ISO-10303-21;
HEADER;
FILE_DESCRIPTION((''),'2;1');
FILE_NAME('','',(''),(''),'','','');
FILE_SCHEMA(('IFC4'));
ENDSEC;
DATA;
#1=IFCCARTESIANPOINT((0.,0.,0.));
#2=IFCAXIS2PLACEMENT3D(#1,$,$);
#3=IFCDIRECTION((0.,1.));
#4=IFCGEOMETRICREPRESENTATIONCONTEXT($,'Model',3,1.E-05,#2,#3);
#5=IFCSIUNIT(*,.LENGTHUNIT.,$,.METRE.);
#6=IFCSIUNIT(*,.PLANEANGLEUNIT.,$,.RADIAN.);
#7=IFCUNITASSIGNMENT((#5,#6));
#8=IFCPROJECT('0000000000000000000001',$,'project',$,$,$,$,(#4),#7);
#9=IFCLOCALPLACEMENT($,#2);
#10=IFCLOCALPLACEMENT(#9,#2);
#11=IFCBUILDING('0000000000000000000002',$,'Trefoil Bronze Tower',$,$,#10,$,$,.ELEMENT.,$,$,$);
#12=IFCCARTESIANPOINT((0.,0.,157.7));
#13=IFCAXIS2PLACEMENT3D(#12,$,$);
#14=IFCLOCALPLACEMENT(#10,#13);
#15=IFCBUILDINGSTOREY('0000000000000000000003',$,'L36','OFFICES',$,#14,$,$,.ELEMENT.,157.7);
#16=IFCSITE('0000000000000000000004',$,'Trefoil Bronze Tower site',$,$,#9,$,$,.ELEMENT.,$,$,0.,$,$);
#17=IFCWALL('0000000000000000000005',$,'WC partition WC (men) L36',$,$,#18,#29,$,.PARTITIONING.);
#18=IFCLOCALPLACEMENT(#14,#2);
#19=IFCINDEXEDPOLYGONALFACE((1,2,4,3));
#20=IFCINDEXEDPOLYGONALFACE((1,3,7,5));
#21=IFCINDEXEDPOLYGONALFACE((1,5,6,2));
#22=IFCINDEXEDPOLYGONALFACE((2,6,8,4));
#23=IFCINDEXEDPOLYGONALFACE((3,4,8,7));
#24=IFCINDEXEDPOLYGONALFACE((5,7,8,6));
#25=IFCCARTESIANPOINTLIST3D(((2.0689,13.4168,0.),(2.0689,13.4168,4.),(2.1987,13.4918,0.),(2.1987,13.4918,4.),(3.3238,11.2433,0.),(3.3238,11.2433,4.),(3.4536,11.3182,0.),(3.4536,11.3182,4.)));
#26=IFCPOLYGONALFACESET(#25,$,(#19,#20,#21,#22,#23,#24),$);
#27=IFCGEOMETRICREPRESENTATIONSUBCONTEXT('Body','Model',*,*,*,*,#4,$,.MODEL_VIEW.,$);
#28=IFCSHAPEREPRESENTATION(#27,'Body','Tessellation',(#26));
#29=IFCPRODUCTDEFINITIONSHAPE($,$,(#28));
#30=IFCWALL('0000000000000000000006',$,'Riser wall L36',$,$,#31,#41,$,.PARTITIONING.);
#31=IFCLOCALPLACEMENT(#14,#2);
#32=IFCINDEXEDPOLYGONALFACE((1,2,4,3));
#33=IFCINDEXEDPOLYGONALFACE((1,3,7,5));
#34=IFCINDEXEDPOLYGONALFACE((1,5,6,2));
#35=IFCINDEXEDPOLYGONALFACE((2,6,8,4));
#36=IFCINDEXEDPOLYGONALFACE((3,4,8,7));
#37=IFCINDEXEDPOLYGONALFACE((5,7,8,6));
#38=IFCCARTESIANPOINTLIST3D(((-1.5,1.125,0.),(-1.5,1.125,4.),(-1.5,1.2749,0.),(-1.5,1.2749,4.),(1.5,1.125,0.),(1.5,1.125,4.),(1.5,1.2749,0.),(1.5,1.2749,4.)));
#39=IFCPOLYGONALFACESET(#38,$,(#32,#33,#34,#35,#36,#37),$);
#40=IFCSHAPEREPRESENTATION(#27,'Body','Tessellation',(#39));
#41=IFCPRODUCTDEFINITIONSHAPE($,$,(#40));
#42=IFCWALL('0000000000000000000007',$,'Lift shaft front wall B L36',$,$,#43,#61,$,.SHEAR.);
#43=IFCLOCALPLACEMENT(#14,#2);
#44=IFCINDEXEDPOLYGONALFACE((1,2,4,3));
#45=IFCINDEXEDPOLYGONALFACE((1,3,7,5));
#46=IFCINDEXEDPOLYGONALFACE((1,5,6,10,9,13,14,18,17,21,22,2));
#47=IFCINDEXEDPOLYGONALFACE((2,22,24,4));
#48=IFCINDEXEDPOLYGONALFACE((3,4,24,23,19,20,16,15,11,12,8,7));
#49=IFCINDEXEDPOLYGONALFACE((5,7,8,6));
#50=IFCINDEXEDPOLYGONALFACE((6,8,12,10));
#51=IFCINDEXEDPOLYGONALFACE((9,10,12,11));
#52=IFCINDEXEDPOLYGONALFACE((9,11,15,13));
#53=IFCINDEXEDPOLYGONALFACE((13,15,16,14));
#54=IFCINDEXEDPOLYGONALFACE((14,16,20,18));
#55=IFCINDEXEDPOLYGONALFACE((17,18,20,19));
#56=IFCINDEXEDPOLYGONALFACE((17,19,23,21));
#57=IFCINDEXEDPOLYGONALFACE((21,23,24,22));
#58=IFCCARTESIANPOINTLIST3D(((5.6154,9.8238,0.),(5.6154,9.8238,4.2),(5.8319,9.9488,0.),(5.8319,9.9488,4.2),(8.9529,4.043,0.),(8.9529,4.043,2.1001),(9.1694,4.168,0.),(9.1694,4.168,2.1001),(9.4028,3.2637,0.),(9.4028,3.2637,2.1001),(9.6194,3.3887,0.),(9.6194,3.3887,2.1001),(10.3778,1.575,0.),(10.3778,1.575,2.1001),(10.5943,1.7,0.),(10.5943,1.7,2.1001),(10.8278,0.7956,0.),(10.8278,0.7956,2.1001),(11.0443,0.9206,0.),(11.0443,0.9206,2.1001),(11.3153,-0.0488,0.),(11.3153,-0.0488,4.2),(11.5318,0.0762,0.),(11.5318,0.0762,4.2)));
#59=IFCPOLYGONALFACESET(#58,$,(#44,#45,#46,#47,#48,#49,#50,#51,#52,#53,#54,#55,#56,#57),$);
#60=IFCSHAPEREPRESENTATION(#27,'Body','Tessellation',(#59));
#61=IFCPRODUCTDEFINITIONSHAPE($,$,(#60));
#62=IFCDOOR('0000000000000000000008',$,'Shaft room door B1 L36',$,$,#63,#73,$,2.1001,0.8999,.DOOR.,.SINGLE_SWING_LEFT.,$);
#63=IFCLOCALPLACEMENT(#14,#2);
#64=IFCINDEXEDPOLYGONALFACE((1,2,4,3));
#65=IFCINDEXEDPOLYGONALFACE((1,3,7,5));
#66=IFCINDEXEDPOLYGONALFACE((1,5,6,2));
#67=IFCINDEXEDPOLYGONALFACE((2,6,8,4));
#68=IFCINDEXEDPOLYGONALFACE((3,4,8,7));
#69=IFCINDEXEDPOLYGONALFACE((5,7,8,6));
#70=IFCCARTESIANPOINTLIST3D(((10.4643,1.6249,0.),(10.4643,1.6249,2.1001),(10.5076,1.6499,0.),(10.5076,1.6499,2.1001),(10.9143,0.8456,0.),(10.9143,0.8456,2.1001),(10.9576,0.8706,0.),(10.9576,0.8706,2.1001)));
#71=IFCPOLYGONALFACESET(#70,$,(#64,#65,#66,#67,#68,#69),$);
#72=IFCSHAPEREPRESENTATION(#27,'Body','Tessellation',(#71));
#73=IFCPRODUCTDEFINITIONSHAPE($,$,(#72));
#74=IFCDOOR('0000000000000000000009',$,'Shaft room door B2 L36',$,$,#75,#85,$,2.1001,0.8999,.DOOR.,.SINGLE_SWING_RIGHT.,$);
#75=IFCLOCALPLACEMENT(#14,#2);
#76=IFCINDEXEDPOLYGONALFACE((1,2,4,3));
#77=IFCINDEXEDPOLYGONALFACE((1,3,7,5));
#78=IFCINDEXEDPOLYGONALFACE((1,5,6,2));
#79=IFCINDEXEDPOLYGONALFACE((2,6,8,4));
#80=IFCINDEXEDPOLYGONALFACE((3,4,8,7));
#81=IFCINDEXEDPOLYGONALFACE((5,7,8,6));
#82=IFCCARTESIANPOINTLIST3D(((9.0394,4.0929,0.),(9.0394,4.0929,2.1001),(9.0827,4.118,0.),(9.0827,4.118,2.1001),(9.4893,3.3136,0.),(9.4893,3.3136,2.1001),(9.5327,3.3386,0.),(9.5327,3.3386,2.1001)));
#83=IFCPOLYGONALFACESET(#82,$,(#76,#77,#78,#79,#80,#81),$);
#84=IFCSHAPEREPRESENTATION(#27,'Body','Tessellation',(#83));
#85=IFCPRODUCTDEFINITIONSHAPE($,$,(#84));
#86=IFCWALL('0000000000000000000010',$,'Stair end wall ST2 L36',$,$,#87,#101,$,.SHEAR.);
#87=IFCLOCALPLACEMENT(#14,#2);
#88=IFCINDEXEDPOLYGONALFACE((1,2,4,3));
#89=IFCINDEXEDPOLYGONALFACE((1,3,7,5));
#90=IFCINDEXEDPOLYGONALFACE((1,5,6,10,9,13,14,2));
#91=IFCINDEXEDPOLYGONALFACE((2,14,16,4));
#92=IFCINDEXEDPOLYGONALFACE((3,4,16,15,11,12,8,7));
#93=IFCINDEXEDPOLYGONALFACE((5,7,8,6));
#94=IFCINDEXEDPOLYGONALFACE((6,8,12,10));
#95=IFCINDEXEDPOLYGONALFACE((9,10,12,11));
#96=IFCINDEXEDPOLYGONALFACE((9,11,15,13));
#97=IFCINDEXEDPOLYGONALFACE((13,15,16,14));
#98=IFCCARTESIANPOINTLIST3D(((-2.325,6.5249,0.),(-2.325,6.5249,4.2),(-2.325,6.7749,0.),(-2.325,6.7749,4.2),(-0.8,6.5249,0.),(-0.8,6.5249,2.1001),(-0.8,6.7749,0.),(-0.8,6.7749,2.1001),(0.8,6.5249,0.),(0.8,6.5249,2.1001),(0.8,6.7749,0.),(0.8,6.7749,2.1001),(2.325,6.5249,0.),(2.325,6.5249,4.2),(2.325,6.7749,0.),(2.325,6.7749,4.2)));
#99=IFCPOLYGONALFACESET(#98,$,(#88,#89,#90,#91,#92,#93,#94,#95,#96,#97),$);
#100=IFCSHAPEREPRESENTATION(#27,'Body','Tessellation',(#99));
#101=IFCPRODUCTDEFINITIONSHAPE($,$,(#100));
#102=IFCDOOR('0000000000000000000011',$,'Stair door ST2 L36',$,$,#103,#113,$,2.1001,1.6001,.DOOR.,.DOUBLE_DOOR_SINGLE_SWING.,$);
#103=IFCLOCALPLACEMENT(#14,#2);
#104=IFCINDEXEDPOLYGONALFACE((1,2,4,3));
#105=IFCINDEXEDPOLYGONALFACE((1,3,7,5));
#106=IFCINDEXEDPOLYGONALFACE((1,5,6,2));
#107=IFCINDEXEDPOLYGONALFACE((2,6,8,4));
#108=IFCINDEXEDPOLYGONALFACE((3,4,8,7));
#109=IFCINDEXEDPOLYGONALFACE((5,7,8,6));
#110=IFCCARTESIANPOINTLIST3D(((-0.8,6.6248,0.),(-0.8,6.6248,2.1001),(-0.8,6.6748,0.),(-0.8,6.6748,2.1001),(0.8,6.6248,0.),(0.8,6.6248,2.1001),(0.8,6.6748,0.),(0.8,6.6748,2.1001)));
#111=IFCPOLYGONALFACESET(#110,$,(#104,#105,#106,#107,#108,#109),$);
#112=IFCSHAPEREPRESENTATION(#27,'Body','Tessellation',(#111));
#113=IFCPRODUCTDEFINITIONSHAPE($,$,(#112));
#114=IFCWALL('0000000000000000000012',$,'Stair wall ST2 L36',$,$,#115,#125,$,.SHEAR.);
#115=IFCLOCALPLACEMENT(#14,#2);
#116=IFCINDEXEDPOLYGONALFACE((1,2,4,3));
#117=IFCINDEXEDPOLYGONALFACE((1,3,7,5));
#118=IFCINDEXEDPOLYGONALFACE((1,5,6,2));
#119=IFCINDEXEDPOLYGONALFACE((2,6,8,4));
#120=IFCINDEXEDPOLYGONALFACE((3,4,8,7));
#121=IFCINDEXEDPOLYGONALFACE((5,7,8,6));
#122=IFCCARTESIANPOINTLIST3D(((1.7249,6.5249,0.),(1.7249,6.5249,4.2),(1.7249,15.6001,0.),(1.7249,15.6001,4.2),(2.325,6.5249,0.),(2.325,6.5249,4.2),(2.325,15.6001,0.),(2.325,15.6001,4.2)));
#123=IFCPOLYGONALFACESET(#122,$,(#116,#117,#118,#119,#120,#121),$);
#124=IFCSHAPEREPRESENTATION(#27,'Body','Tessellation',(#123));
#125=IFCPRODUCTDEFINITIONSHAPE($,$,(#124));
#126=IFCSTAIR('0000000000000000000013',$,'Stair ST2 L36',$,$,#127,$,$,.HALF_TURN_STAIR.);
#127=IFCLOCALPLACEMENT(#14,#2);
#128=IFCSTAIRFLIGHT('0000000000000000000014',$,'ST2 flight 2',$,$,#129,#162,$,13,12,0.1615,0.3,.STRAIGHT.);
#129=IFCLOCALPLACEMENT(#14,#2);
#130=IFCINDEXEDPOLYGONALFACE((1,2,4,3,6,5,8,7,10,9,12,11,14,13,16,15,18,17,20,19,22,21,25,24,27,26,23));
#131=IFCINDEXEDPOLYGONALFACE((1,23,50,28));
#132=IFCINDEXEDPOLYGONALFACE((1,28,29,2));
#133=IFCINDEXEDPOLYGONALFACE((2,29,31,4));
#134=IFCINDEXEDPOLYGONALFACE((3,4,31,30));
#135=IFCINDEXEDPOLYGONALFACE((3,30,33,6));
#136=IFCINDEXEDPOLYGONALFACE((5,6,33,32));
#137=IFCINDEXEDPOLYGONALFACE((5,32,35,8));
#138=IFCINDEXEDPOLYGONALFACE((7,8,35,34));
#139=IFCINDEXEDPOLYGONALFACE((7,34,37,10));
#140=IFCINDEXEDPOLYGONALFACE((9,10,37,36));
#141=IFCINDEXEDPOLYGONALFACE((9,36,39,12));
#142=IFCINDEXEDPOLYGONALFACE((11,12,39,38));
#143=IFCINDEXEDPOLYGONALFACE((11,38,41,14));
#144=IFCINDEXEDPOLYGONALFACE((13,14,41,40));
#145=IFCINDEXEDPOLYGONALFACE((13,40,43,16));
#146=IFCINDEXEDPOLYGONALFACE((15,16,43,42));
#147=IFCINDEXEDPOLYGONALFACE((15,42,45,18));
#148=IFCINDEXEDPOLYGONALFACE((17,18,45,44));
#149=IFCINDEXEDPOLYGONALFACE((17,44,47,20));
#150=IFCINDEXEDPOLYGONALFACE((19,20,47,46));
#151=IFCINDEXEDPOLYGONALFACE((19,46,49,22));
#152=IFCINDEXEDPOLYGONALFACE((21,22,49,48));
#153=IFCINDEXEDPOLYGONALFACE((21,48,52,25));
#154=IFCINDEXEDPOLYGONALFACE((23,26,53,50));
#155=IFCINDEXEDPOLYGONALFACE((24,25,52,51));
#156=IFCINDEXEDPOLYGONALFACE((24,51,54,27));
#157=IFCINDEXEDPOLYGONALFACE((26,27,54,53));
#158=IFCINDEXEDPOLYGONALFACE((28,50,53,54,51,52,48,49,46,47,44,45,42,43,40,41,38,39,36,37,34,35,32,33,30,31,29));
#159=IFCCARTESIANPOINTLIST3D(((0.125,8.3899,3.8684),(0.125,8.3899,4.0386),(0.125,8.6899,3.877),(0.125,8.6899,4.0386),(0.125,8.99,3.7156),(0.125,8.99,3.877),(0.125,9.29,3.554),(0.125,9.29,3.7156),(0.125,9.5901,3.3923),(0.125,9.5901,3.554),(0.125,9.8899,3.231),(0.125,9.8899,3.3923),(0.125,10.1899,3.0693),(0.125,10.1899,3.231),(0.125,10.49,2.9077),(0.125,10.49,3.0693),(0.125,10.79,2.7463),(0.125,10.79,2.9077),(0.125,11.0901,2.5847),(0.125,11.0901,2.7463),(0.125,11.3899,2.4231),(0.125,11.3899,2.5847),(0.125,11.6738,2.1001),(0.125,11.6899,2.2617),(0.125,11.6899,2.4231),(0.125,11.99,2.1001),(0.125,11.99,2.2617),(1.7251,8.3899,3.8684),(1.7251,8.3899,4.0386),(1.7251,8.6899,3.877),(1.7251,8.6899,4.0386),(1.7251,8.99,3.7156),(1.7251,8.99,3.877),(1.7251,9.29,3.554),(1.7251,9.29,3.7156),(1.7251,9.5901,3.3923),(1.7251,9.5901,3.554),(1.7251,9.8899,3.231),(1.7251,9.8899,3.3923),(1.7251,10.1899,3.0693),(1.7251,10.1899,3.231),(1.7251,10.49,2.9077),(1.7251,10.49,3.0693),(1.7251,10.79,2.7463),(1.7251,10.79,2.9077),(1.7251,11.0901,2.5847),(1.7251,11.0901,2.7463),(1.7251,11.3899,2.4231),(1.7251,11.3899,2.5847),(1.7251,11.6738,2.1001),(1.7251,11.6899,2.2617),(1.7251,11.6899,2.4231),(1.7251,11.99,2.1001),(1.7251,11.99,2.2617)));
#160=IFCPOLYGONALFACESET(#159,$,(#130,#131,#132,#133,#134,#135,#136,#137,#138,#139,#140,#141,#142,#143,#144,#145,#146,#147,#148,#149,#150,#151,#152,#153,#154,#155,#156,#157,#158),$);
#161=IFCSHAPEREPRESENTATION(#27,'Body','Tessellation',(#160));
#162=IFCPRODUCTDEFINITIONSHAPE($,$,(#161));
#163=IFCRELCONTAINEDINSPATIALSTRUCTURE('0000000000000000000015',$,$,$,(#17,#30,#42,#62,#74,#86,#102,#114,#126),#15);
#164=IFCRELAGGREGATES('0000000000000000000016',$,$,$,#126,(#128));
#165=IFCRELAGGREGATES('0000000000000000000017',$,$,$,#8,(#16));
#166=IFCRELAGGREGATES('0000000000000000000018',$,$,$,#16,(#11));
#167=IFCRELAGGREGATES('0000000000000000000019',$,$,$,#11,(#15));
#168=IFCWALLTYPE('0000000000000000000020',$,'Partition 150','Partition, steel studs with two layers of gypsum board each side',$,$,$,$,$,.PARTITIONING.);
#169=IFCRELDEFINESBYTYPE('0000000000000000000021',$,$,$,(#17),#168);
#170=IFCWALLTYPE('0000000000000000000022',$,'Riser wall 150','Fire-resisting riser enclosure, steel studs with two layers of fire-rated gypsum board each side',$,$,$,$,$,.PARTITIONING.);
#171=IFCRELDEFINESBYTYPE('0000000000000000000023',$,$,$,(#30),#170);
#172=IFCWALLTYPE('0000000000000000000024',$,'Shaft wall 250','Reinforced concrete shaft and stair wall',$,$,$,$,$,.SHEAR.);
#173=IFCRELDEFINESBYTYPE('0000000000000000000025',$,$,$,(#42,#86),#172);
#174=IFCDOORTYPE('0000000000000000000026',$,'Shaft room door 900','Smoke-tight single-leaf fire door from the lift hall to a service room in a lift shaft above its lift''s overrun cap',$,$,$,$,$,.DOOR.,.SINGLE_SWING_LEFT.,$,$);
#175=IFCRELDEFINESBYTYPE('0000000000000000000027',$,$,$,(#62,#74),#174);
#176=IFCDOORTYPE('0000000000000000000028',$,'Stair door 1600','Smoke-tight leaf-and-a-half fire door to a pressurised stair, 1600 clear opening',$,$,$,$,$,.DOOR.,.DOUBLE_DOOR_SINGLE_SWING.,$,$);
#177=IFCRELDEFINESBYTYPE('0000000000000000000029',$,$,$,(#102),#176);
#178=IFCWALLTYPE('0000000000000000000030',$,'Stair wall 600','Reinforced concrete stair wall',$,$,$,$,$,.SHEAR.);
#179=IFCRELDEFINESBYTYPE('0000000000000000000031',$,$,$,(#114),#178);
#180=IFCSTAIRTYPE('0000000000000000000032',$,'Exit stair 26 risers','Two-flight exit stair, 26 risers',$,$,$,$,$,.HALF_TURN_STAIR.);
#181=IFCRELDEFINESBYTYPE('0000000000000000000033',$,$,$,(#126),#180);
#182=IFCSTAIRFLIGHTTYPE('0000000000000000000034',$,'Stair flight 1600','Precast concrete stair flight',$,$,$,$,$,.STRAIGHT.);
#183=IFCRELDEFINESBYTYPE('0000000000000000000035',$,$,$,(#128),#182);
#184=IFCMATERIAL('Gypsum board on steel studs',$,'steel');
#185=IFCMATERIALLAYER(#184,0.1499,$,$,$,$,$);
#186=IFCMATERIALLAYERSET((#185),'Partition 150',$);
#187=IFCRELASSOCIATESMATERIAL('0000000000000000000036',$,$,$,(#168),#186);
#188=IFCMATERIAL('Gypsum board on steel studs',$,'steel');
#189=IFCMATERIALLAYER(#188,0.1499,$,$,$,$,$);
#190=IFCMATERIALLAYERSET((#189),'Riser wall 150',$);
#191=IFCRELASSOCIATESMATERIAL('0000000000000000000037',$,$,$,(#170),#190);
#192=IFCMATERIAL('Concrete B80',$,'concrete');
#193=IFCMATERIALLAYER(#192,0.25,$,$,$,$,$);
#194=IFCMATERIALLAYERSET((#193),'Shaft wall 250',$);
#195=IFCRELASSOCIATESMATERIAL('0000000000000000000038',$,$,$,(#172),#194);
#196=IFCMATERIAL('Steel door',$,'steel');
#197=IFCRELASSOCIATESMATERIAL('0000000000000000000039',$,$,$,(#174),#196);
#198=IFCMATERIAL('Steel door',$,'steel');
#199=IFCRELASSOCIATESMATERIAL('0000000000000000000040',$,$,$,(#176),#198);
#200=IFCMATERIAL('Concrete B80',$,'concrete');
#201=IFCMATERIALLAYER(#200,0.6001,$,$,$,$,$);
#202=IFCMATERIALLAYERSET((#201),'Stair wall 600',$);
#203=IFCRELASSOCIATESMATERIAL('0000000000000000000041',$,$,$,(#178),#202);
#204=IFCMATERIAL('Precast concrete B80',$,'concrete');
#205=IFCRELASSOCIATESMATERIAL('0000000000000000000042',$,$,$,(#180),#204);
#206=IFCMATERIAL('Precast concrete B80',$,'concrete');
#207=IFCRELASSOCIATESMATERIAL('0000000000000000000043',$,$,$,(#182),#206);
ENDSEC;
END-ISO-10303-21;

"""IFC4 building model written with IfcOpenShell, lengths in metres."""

from ifc_helpers import new_model, si_unit, direction, frame, frame_2d, origin, place, context, subcontext, project, spatial, polyline, rectangle, outline, extrude, material, layer, layer_set, type_object, element, fill, aggregate, save


model = new_model("IFC4")

# Units and contexts
model_context = context("Model", 3, precision=1e-05, world=origin(), true_north=direction((0.0, 1.0)))
body_context = subcontext(model_context, "Body", "Model", "MODEL_VIEW")
ifc_project = project(units=[si_unit("LENGTHUNIT", "METRE"), si_unit("PLANEANGLEUNIT", "RADIAN")], contexts=[model_context])

# Site, building, storey
site_placement = place(None, origin())
site = spatial("IfcSite", under=ifc_project, at=site_placement, Name="Trefoil Bronze Tower site", CompositionType="ELEMENT", RefElevation=0.0)
building_placement = place(site_placement, origin())
building = spatial("IfcBuilding", under=site, at=building_placement, Name="Trefoil Bronze Tower", CompositionType="ELEMENT")
storey_placement = place(building_placement, frame((0.0, 0.0, 157.7)))
storey = spatial("IfcBuildingStorey", under=building, at=storey_placement, Name="L36", Description="OFFICES", CompositionType="ELEMENT", Elevation=157.7)

# Shared definitions
ifc_material_1 = material(Name="Gypsum board on steel studs", Category="steel")
ifc_layer_1 = layer(ifc_material_1, 0.1499)
ifc_layer_set_1 = layer_set([ifc_layer_1], Name="Partition 150")
wall_type_1 = type_object("IfcWallType", Name="Partition 150", Description="Partition, steel studs with two layers of gypsum board each side", PredefinedType="PARTITIONING", material=ifc_layer_set_1)

# Walls
wall_1_placement = place(storey_placement, frame((3.3887, 11.2808, 0.0), z_axis=(0.0, 0.0, 1.0), x_axis=(-0.499989, 0.866032, 0.0)))
element("IfcWall", 1, at=wall_1_placement, inside=storey, type_object=wall_type_1, Name="WC partition WC (men) L36", PredefinedType="PARTITIONING", context=body_context, shape_type="SweptSolid", body=[
    extrude(rectangle(XDim=2.5098, YDim=0.1499, at=frame_2d((1.2549, 0.0))), origin(), (0.0, 0.0, 1.0), 4.0),
])
ifc_material_2 = material(Name="Gypsum board on steel studs", Category="steel")
ifc_layer_2 = layer(ifc_material_2, 0.1499)
ifc_layer_set_2 = layer_set([ifc_layer_2], Name="Riser wall 150")
wall_type_2 = type_object("IfcWallType", Name="Riser wall 150", Description="Fire-resisting riser enclosure, steel studs with two layers of fire-rated gypsum board each side", PredefinedType="PARTITIONING", material=ifc_layer_set_2)
wall_2_placement = place(storey_placement, frame((1.5, 1.2, 0.0), z_axis=(0.0, 0.0, 1.0), x_axis=(-1.0, 0.0, 0.0)))
element("IfcWall", 2, at=wall_2_placement, inside=storey, type_object=wall_type_2, Name="Riser wall L36", PredefinedType="PARTITIONING", context=body_context, shape_type="SweptSolid", body=[
    extrude(rectangle(XDim=3.0, YDim=0.1499, at=frame_2d((1.5, 0.0))), origin(), (0.0, 0.0, 1.0), 4.0),
])

# Wall, openings, doors
ifc_material_3 = material(Name="Concrete B80", Category="concrete")
ifc_layer_3 = layer(ifc_material_3, 0.25)
ifc_layer_set_3 = layer_set([ifc_layer_3], Name="Shaft wall 250")
wall_type_3 = type_object("IfcWallType", Name="Shaft wall 250", Description="Reinforced concrete shaft and stair wall", PredefinedType="SHEAR", material=ifc_layer_set_3)
wall_3_placement = place(storey_placement, frame((11.4236, 0.0137, 0.0), z_axis=(0.0, 0.0, 1.0), x_axis=(-0.500002, 0.866024, 0.0)))
wall_3 = element("IfcWall", 3, at=wall_3_placement, inside=storey, type_object=wall_type_3, Name="Lift shaft front wall B L36", PredefinedType="SHEAR", context=body_context, shape_type="SweptSolid", body=[
    extrude(rectangle(XDim=11.3999, YDim=0.25, at=frame_2d((5.7, 0.0))), origin(), (0.0, 0.0, 1.0), 4.2),
])
opening_1_placement = place(wall_3_placement, frame((0.9751, 0.0, 0.0)))
opening_1 = element("IfcOpeningElement", 4, at=opening_1_placement, cuts=wall_3, PredefinedType="OPENING", context=body_context, shape_type="SweptSolid", body=[
    extrude(rectangle(XDim=0.8999, YDim=2.1001, at=frame_2d((0.45, 1.05))), frame((0.0, 0.135, 0.0), z_axis=(0.0, -1.0, 0.0), x_axis=(1.0, 0.0, 0.0)), (0.0, 0.0, 1.0), 0.27),
])
opening_2_placement = place(wall_3_placement, frame((3.825, 0.0, 0.0)))
opening_2 = element("IfcOpeningElement", 5, at=opening_2_placement, cuts=wall_3, PredefinedType="OPENING", context=body_context, shape_type="SweptSolid", body=[
    extrude(rectangle(XDim=0.8999, YDim=2.1001, at=frame_2d((0.45, 1.05))), frame((0.0, 0.135, 0.0), z_axis=(0.0, -1.0, 0.0), x_axis=(1.0, 0.0, 0.0)), (0.0, 0.0, 1.0), 0.27),
])
ifc_material_4 = material(Name="Steel door", Category="steel")
door_type_1 = type_object("IfcDoorType", Name="Shaft room door 900", Description="Smoke-tight single-leaf fire door from the lift hall to a service room in a lift shaft above its lift's overrun cap", OperationType="SINGLE_SWING_LEFT", PredefinedType="DOOR", material=ifc_material_4)
door_1_placement = place(opening_1_placement, frame((0.8999, 0.0, 0.0), z_axis=(0.0, 0.0, 1.0), x_axis=(-1.0, 0.0, 0.0)))
door_1 = element("IfcDoor", 6, at=door_1_placement, inside=storey, type_object=door_type_1, Name="Shaft room door B1 L36", OperationType="SINGLE_SWING_LEFT", OverallHeight=2.1001, OverallWidth=0.8999, PredefinedType="DOOR", context=body_context, shape_type="SweptSolid", body=[
    extrude(rectangle(XDim=0.8999, YDim=2.1001, at=frame_2d((0.45, 1.05))), frame((0.0, 0.0249, 0.0), z_axis=(0.0, -1.0, 0.0), x_axis=(1.0, 0.0, 0.0)), (0.0, 0.0, 1.0), 0.05),
])
fill(opening_1, door_1)
door_2_placement = place(opening_2_placement, frame((0.8999, 0.0, 0.0), z_axis=(0.0, 0.0, 1.0), x_axis=(-1.0, 0.0, 0.0)))
door_2 = element("IfcDoor", 7, at=door_2_placement, inside=storey, type_object=door_type_1, Name="Shaft room door B2 L36", OperationType="SINGLE_SWING_RIGHT", OverallHeight=2.1001, OverallWidth=0.8999, PredefinedType="DOOR", context=body_context, shape_type="SweptSolid", body=[
    extrude(rectangle(XDim=0.8999, YDim=2.1001, at=frame_2d((0.45, 1.05))), frame((0.0, 0.0249, 0.0), z_axis=(0.0, -1.0, 0.0), x_axis=(1.0, 0.0, 0.0)), (0.0, 0.0, 1.0), 0.05),
])
fill(opening_2, door_2)

# Wall, opening, door
wall_4_placement = place(storey_placement, frame((2.325, 6.6499, 0.0), z_axis=(0.0, 0.0, 1.0), x_axis=(-1.0, 0.0, 0.0)))
wall_4 = element("IfcWall", 8, at=wall_4_placement, inside=storey, type_object=wall_type_3, Name="Stair end wall ST2 L36", PredefinedType="SHEAR", context=body_context, shape_type="SweptSolid", body=[
    extrude(rectangle(XDim=4.6499, YDim=0.25, at=frame_2d((2.325, 0.0))), origin(), (0.0, 0.0, 1.0), 4.2),
])
opening_3_placement = place(wall_4_placement, frame((1.5249, 0.0, 0.0)))
opening_3 = element("IfcOpeningElement", 9, at=opening_3_placement, cuts=wall_4, PredefinedType="OPENING", context=body_context, shape_type="SweptSolid", body=[
    extrude(rectangle(XDim=1.6001, YDim=2.1001, at=frame_2d((0.8, 1.05))), frame((0.0, 0.135, 0.0), z_axis=(0.0, -1.0, 0.0), x_axis=(1.0, 0.0, 0.0)), (0.0, 0.0, 1.0), 0.27),
])
ifc_material_5 = material(Name="Steel door", Category="steel")
door_type_2 = type_object("IfcDoorType", Name="Stair door 1600", Description="Smoke-tight leaf-and-a-half fire door to a pressurised stair, 1600 clear opening", OperationType="DOUBLE_DOOR_SINGLE_SWING", PredefinedType="DOOR", material=ifc_material_5)
door_3_placement = place(opening_3_placement, frame((1.6001, 0.0, 0.0), z_axis=(0.0, 0.0, 1.0), x_axis=(-1.0, 0.0, 0.0)))
door_3 = element("IfcDoor", 10, at=door_3_placement, inside=storey, type_object=door_type_2, Name="Stair door ST2 L36", OperationType="DOUBLE_DOOR_SINGLE_SWING", OverallHeight=2.1001, OverallWidth=1.6001, PredefinedType="DOOR", context=body_context, shape_type="SweptSolid", body=[
    extrude(rectangle(XDim=1.6001, YDim=2.1001, at=frame_2d((0.8, 1.05))), frame((0.0, 0.0249, 0.0), z_axis=(0.0, -1.0, 0.0), x_axis=(1.0, 0.0, 0.0)), (0.0, 0.0, 1.0), 0.05),
])
fill(opening_3, door_3)

# Wall
ifc_material_6 = material(Name="Concrete B80", Category="concrete")
ifc_layer_4 = layer(ifc_material_6, 0.6001)
ifc_layer_set_4 = layer_set([ifc_layer_4], Name="Stair wall 600")
wall_type_4 = type_object("IfcWallType", Name="Stair wall 600", Description="Reinforced concrete stair wall", PredefinedType="SHEAR", material=ifc_layer_set_4)
wall_5_placement = place(storey_placement, frame((2.0249, 6.5249, 0.0), z_axis=(0.0, 0.0, 1.0), x_axis=(0.0, 1.0, 0.0)))
element("IfcWall", 11, at=wall_5_placement, inside=storey, type_object=wall_type_4, Name="Stair wall ST2 L36", PredefinedType="SHEAR", context=body_context, shape_type="SweptSolid", body=[
    extrude(rectangle(XDim=9.0752, YDim=0.6001, at=frame_2d((4.5376, 0.0))), origin(), (0.0, 0.0, 1.0), 4.2),
])

# Stair, stair flight
ifc_material_7 = material(Name="Precast concrete B80", Category="concrete")
stair_type = type_object("IfcStairType", Name="Exit stair 26 risers", Description="Two-flight exit stair, 26 risers", PredefinedType="HALF_TURN_STAIR", material=ifc_material_7)
stair_placement = place(storey_placement, origin())
stair = element("IfcStair", 12, at=stair_placement, inside=storey, type_object=stair_type, Name="Stair ST2 L36", PredefinedType="HALF_TURN_STAIR")
ifc_material_8 = material(Name="Precast concrete B80", Category="concrete")
stair_flight_type = type_object("IfcStairFlightType", Name="Stair flight 1600", Description="Precast concrete stair flight", PredefinedType="STRAIGHT", material=ifc_material_8)
stair_flight_placement = place(storey_placement, frame((0.925, 11.99, 2.1001), z_axis=(0.0, 0.0, 1.0), x_axis=(0.0, -1.0, 0.0)))
stair_flight = element("IfcStairFlight", 13, at=stair_flight_placement, type_object=stair_flight_type, Name="ST2 flight 2", NumberOfRisers=13, NumberOfTreads=12, PredefinedType="STRAIGHT", RiserHeight=0.1615, TreadLength=0.3, context=body_context, shape_type="SweptSolid", body=[
    extrude(outline(polyline([(0.0, 0.0), (0.0, 0.1616), (0.3, 0.1616), (0.3, 0.323), (0.6001, 0.323), (0.6001, 0.4846), (0.8999, 0.4846), (0.8999, 0.6462), (1.2, 0.6462), (1.2, 0.8076), (1.5, 0.8076), (1.5, 0.9692), (1.8, 0.9692), (1.8, 1.1309), (2.1001, 1.1309), (2.1001, 1.2922), (2.3999, 1.2922), (2.3999, 1.4539), (2.7, 1.4539), (2.7, 1.6155), (3.0, 1.6155), (3.0, 1.7769), (3.3, 1.7769), (3.3, 1.9385), (3.6001, 1.9385), (3.6001, 2.1001), (3.6001, 1.7683), (0.3162, 0.0), (0.0, 0.0)])), frame((0.0, 0.8, 0.0), z_axis=(0.0, -1.0, 0.0), x_axis=(1.0, 0.0, 0.0)), (0.0, 0.0, 1.0), 1.6001),
])
aggregate(stair, [stair_flight])

save(model, "model.ifc")
